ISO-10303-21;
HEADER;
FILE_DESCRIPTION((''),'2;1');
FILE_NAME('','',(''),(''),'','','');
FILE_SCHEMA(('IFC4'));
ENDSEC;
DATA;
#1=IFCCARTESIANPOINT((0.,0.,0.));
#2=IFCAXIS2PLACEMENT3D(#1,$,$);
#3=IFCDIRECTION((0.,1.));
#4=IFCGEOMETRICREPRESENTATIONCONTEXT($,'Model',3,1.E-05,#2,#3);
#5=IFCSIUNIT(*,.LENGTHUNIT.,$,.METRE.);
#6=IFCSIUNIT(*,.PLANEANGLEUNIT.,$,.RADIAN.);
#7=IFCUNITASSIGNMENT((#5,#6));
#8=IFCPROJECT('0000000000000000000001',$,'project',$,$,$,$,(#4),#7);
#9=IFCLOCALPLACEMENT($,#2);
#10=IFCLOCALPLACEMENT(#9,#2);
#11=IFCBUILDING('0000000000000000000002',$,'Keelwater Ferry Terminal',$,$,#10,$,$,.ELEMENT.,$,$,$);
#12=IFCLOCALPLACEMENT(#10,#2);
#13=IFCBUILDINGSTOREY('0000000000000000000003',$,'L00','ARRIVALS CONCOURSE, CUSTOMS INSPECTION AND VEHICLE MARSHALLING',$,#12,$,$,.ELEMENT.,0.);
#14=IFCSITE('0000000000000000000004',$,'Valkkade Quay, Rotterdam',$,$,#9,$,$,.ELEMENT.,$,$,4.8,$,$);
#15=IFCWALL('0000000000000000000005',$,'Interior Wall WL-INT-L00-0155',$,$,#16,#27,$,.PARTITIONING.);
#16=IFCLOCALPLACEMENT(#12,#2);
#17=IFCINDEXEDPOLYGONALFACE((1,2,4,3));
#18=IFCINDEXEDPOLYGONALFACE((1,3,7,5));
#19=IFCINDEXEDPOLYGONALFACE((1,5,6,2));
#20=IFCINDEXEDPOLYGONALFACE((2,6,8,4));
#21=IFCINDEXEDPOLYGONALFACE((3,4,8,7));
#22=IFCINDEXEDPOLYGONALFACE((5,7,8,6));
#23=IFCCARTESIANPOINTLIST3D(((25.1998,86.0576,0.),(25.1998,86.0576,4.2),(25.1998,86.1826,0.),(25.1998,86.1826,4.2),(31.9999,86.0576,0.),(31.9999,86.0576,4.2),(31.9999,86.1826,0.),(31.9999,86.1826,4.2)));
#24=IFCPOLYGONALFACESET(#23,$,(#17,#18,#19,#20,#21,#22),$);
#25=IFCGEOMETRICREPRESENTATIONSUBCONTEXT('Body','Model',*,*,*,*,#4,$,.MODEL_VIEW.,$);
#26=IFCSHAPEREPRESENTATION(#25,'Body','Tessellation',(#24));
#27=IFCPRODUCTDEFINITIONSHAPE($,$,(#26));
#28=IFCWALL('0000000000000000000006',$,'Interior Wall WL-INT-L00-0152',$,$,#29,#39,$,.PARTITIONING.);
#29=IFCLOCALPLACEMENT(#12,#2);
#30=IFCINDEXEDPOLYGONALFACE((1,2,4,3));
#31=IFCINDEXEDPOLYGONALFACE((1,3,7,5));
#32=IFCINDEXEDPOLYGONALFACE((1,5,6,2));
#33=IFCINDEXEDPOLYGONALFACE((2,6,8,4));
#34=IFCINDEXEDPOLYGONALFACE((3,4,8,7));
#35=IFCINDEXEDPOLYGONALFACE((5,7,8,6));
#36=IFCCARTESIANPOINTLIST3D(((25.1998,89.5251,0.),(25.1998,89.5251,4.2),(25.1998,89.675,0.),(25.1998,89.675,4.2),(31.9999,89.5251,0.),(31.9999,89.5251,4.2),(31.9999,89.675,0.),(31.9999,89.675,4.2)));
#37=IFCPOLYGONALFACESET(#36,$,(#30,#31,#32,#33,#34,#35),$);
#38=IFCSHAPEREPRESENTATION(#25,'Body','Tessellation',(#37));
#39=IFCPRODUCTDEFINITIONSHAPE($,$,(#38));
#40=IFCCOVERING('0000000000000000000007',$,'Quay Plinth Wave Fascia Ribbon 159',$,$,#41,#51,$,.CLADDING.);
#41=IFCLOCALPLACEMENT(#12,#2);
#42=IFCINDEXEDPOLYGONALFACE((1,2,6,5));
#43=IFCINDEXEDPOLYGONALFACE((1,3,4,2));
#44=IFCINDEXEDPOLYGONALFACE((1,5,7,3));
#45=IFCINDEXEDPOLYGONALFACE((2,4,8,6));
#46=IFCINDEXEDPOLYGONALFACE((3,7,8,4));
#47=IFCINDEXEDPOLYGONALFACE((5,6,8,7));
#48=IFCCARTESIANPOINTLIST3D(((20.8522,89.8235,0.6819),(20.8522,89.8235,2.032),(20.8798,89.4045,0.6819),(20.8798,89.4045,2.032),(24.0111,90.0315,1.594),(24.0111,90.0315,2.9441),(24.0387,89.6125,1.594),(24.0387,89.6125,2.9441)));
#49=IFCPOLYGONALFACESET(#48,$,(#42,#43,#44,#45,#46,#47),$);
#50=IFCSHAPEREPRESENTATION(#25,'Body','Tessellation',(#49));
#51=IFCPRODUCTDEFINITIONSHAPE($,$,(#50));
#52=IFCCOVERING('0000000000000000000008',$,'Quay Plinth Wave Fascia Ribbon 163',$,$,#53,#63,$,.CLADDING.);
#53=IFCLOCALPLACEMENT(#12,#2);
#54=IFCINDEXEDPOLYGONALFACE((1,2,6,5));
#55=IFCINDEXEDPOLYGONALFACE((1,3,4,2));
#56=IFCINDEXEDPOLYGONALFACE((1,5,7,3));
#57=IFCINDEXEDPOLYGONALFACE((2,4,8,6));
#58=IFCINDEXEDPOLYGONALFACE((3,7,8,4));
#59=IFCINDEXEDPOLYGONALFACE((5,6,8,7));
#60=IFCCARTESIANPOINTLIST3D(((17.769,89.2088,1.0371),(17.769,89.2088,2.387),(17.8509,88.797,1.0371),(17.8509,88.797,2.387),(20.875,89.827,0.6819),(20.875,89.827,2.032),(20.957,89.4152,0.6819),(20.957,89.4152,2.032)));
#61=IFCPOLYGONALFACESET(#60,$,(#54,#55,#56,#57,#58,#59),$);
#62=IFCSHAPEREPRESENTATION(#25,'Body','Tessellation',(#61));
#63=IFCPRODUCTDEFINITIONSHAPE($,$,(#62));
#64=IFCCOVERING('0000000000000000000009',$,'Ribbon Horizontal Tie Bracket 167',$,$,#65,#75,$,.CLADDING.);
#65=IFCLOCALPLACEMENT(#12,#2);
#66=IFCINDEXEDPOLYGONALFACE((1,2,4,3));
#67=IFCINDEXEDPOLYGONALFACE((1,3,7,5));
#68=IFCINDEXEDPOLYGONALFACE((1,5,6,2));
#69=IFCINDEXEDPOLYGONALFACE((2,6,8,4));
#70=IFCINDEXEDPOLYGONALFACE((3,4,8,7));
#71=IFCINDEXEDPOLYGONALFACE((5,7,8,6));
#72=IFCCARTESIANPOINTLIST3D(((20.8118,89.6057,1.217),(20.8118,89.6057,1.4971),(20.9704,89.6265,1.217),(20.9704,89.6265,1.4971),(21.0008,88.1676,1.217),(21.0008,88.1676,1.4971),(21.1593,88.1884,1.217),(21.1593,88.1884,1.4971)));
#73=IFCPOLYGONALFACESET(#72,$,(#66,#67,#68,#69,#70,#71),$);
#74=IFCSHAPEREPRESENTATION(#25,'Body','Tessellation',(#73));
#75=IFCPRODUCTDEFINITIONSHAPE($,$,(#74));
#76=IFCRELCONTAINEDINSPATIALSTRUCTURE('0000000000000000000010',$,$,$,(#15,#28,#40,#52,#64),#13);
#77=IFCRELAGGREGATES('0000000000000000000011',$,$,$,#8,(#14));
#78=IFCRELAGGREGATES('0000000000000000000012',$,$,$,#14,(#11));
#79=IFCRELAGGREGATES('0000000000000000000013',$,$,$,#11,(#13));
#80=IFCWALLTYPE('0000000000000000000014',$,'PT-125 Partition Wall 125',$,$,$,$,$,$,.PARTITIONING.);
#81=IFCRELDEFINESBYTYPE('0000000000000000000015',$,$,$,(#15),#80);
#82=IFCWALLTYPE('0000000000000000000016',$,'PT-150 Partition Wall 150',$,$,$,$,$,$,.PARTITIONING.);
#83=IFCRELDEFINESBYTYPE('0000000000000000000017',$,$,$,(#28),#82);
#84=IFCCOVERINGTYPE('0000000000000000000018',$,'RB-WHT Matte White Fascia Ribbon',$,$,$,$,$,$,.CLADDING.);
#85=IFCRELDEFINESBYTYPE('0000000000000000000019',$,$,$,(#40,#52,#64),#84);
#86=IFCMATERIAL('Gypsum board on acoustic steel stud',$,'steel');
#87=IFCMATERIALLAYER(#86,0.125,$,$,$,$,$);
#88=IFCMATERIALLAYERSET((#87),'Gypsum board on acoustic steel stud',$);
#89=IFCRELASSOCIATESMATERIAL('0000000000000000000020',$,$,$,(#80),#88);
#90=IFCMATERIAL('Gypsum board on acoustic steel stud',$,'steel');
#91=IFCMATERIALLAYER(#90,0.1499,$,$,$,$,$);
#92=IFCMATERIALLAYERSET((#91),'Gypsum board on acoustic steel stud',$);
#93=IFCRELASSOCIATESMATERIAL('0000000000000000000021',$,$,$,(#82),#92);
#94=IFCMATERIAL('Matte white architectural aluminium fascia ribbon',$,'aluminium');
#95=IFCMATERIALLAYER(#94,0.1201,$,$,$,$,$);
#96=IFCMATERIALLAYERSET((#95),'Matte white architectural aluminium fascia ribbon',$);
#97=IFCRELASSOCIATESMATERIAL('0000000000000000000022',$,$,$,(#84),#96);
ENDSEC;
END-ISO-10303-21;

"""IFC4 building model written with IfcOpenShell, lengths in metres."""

from ifc_helpers import new_model, si_unit, direction, frame, frame_2d, origin, place, context, subcontext, project, spatial, polyline, rectangle, outline, extrude, material, layer, layer_set, type_object, element, save


model = new_model("IFC4")

# Units and contexts
model_context = context("Model", 3, precision=1e-05, world=origin(), true_north=direction((0.0, 1.0)))
body_context = subcontext(model_context, "Body", "Model", "MODEL_VIEW")
ifc_project = project(units=[si_unit("LENGTHUNIT", "METRE"), si_unit("PLANEANGLEUNIT", "RADIAN")], contexts=[model_context])

# Site, building, storey
site_placement = place(None, origin())
site = spatial("IfcSite", under=ifc_project, at=site_placement, Name="Valkkade Quay, Rotterdam", CompositionType="ELEMENT", RefElevation=4.8)
building_placement = place(site_placement, origin())
building = spatial("IfcBuilding", under=site, at=building_placement, Name="Keelwater Ferry Terminal", CompositionType="ELEMENT")
storey_placement = place(building_placement, origin())
storey = spatial("IfcBuildingStorey", under=building, at=storey_placement, Name="L00", Description="ARRIVALS CONCOURSE, CUSTOMS INSPECTION AND VEHICLE MARSHALLING", CompositionType="ELEMENT", Elevation=0.0)

# Walls
ifc_material_1 = material(Name="Gypsum board on acoustic steel stud", Category="steel")
ifc_layer_1 = layer(ifc_material_1, 0.125)
ifc_layer_set_1 = layer_set([ifc_layer_1], Name="Gypsum board on acoustic steel stud")
wall_type_1 = type_object("IfcWallType", Name="PT-125 Partition Wall 125", PredefinedType="PARTITIONING", material=ifc_layer_set_1)
wall_1_placement = place(storey_placement, frame((25.2, 86.1201, 0.0), z_axis=(0.0, 0.0, 1.0), x_axis=(1.0, 0.0, 0.0)))
element("IfcWall", 1, at=wall_1_placement, inside=storey, type_object=wall_type_1, Name="Interior Wall WL-INT-L00-0155", PredefinedType="PARTITIONING", context=body_context, shape_type="SweptSolid", body=[
    extrude(rectangle(XDim=6.8, YDim=0.125, at=frame_2d((3.3999, 0.0))), origin(), (0.0, 0.0, 1.0), 4.2),
])
ifc_material_2 = material(Name="Gypsum board on acoustic steel stud", Category="steel")
ifc_layer_2 = layer(ifc_material_2, 0.1499)
ifc_layer_set_2 = layer_set([ifc_layer_2], Name="Gypsum board on acoustic steel stud")
wall_type_2 = type_object("IfcWallType", Name="PT-150 Partition Wall 150", PredefinedType="PARTITIONING", material=ifc_layer_set_2)
wall_2_placement = place(storey_placement, frame((25.2, 89.6001, 0.0), z_axis=(0.0, 0.0, 1.0), x_axis=(1.0, 0.0, 0.0)))
element("IfcWall", 2, at=wall_2_placement, inside=storey, type_object=wall_type_2, Name="Interior Wall WL-INT-L00-0152", PredefinedType="PARTITIONING", context=body_context, shape_type="SweptSolid", body=[
    extrude(rectangle(XDim=6.8, YDim=0.1499, at=frame_2d((3.3999, 0.0))), origin(), (0.0, 0.0, 1.0), 4.2),
])

# Coverings
ifc_material_3 = material(Name="Matte white architectural aluminium fascia ribbon", Category="aluminium")
ifc_layer_3 = layer(ifc_material_3, 0.1201)
ifc_layer_set_3 = layer_set([ifc_layer_3], Name="Matte white architectural aluminium fascia ribbon")
covering_type = type_object("IfcCoveringType", Name="RB-WHT Matte White Fascia Ribbon", PredefinedType="CLADDING", material=ifc_layer_set_3)
covering_1_placement = place(storey_placement, frame((24.0249, 89.822, 0.6819), z_axis=(0.0, 0.0, 1.0), x_axis=(-0.997839, -0.065705, 0.0)))
element("IfcCovering", 3, at=covering_1_placement, inside=storey, type_object=covering_type, Name="Quay Plinth Wave Fascia Ribbon 159", PredefinedType="CLADDING", context=body_context, shape_type="SweptSolid", body=[
    extrude(outline(polyline([(0.0, 0.9121), (3.1658, 0.0), (3.1658, 1.3501), (0.0, 2.2622), (0.0, 0.9121)])), frame((0.0, 0.21, 0.0), z_axis=(0.0, -1.0, 0.0), x_axis=(1.0, 0.0, 0.0)), (0.0, 0.0, 1.0), 0.4199),
])
covering_2_placement = place(storey_placement, frame((20.916, 89.6211, 0.6819), z_axis=(0.0, 0.0, 1.0), x_axis=(-0.980764, -0.195197, 0.0)))
element("IfcCovering", 4, at=covering_2_placement, inside=storey, type_object=covering_type, Name="Quay Plinth Wave Fascia Ribbon 163", PredefinedType="CLADDING", context=body_context, shape_type="SweptSolid", body=[
    extrude(outline(polyline([(0.0, 0.0), (3.167, 0.3552), (3.167, 1.7051), (0.0, 1.3501), (0.0, 0.0)])), frame((0.0, 0.21, 0.0), z_axis=(0.0, -1.0, 0.0), x_axis=(1.0, 0.0, 0.0)), (0.0, 0.0, 1.0), 0.4199),
])
covering_3_placement = place(storey_placement, frame((20.8911, 89.616, 1.217), z_axis=(0.0, 0.0, 1.0), x_axis=(0.130289, -0.991476, 0.0)))
element("IfcCovering", 5, at=covering_3_placement, inside=storey, type_object=covering_type, Name="Ribbon Horizontal Tie Bracket 167", PredefinedType="CLADDING", context=body_context, shape_type="SweptSolid", body=[
    extrude(rectangle(XDim=1.4504, YDim=0.1599, at=frame_2d((0.7251, 0.0))), origin(), (0.0, 0.0, 1.0), 0.28),
])

save(model, "model.ifc")
